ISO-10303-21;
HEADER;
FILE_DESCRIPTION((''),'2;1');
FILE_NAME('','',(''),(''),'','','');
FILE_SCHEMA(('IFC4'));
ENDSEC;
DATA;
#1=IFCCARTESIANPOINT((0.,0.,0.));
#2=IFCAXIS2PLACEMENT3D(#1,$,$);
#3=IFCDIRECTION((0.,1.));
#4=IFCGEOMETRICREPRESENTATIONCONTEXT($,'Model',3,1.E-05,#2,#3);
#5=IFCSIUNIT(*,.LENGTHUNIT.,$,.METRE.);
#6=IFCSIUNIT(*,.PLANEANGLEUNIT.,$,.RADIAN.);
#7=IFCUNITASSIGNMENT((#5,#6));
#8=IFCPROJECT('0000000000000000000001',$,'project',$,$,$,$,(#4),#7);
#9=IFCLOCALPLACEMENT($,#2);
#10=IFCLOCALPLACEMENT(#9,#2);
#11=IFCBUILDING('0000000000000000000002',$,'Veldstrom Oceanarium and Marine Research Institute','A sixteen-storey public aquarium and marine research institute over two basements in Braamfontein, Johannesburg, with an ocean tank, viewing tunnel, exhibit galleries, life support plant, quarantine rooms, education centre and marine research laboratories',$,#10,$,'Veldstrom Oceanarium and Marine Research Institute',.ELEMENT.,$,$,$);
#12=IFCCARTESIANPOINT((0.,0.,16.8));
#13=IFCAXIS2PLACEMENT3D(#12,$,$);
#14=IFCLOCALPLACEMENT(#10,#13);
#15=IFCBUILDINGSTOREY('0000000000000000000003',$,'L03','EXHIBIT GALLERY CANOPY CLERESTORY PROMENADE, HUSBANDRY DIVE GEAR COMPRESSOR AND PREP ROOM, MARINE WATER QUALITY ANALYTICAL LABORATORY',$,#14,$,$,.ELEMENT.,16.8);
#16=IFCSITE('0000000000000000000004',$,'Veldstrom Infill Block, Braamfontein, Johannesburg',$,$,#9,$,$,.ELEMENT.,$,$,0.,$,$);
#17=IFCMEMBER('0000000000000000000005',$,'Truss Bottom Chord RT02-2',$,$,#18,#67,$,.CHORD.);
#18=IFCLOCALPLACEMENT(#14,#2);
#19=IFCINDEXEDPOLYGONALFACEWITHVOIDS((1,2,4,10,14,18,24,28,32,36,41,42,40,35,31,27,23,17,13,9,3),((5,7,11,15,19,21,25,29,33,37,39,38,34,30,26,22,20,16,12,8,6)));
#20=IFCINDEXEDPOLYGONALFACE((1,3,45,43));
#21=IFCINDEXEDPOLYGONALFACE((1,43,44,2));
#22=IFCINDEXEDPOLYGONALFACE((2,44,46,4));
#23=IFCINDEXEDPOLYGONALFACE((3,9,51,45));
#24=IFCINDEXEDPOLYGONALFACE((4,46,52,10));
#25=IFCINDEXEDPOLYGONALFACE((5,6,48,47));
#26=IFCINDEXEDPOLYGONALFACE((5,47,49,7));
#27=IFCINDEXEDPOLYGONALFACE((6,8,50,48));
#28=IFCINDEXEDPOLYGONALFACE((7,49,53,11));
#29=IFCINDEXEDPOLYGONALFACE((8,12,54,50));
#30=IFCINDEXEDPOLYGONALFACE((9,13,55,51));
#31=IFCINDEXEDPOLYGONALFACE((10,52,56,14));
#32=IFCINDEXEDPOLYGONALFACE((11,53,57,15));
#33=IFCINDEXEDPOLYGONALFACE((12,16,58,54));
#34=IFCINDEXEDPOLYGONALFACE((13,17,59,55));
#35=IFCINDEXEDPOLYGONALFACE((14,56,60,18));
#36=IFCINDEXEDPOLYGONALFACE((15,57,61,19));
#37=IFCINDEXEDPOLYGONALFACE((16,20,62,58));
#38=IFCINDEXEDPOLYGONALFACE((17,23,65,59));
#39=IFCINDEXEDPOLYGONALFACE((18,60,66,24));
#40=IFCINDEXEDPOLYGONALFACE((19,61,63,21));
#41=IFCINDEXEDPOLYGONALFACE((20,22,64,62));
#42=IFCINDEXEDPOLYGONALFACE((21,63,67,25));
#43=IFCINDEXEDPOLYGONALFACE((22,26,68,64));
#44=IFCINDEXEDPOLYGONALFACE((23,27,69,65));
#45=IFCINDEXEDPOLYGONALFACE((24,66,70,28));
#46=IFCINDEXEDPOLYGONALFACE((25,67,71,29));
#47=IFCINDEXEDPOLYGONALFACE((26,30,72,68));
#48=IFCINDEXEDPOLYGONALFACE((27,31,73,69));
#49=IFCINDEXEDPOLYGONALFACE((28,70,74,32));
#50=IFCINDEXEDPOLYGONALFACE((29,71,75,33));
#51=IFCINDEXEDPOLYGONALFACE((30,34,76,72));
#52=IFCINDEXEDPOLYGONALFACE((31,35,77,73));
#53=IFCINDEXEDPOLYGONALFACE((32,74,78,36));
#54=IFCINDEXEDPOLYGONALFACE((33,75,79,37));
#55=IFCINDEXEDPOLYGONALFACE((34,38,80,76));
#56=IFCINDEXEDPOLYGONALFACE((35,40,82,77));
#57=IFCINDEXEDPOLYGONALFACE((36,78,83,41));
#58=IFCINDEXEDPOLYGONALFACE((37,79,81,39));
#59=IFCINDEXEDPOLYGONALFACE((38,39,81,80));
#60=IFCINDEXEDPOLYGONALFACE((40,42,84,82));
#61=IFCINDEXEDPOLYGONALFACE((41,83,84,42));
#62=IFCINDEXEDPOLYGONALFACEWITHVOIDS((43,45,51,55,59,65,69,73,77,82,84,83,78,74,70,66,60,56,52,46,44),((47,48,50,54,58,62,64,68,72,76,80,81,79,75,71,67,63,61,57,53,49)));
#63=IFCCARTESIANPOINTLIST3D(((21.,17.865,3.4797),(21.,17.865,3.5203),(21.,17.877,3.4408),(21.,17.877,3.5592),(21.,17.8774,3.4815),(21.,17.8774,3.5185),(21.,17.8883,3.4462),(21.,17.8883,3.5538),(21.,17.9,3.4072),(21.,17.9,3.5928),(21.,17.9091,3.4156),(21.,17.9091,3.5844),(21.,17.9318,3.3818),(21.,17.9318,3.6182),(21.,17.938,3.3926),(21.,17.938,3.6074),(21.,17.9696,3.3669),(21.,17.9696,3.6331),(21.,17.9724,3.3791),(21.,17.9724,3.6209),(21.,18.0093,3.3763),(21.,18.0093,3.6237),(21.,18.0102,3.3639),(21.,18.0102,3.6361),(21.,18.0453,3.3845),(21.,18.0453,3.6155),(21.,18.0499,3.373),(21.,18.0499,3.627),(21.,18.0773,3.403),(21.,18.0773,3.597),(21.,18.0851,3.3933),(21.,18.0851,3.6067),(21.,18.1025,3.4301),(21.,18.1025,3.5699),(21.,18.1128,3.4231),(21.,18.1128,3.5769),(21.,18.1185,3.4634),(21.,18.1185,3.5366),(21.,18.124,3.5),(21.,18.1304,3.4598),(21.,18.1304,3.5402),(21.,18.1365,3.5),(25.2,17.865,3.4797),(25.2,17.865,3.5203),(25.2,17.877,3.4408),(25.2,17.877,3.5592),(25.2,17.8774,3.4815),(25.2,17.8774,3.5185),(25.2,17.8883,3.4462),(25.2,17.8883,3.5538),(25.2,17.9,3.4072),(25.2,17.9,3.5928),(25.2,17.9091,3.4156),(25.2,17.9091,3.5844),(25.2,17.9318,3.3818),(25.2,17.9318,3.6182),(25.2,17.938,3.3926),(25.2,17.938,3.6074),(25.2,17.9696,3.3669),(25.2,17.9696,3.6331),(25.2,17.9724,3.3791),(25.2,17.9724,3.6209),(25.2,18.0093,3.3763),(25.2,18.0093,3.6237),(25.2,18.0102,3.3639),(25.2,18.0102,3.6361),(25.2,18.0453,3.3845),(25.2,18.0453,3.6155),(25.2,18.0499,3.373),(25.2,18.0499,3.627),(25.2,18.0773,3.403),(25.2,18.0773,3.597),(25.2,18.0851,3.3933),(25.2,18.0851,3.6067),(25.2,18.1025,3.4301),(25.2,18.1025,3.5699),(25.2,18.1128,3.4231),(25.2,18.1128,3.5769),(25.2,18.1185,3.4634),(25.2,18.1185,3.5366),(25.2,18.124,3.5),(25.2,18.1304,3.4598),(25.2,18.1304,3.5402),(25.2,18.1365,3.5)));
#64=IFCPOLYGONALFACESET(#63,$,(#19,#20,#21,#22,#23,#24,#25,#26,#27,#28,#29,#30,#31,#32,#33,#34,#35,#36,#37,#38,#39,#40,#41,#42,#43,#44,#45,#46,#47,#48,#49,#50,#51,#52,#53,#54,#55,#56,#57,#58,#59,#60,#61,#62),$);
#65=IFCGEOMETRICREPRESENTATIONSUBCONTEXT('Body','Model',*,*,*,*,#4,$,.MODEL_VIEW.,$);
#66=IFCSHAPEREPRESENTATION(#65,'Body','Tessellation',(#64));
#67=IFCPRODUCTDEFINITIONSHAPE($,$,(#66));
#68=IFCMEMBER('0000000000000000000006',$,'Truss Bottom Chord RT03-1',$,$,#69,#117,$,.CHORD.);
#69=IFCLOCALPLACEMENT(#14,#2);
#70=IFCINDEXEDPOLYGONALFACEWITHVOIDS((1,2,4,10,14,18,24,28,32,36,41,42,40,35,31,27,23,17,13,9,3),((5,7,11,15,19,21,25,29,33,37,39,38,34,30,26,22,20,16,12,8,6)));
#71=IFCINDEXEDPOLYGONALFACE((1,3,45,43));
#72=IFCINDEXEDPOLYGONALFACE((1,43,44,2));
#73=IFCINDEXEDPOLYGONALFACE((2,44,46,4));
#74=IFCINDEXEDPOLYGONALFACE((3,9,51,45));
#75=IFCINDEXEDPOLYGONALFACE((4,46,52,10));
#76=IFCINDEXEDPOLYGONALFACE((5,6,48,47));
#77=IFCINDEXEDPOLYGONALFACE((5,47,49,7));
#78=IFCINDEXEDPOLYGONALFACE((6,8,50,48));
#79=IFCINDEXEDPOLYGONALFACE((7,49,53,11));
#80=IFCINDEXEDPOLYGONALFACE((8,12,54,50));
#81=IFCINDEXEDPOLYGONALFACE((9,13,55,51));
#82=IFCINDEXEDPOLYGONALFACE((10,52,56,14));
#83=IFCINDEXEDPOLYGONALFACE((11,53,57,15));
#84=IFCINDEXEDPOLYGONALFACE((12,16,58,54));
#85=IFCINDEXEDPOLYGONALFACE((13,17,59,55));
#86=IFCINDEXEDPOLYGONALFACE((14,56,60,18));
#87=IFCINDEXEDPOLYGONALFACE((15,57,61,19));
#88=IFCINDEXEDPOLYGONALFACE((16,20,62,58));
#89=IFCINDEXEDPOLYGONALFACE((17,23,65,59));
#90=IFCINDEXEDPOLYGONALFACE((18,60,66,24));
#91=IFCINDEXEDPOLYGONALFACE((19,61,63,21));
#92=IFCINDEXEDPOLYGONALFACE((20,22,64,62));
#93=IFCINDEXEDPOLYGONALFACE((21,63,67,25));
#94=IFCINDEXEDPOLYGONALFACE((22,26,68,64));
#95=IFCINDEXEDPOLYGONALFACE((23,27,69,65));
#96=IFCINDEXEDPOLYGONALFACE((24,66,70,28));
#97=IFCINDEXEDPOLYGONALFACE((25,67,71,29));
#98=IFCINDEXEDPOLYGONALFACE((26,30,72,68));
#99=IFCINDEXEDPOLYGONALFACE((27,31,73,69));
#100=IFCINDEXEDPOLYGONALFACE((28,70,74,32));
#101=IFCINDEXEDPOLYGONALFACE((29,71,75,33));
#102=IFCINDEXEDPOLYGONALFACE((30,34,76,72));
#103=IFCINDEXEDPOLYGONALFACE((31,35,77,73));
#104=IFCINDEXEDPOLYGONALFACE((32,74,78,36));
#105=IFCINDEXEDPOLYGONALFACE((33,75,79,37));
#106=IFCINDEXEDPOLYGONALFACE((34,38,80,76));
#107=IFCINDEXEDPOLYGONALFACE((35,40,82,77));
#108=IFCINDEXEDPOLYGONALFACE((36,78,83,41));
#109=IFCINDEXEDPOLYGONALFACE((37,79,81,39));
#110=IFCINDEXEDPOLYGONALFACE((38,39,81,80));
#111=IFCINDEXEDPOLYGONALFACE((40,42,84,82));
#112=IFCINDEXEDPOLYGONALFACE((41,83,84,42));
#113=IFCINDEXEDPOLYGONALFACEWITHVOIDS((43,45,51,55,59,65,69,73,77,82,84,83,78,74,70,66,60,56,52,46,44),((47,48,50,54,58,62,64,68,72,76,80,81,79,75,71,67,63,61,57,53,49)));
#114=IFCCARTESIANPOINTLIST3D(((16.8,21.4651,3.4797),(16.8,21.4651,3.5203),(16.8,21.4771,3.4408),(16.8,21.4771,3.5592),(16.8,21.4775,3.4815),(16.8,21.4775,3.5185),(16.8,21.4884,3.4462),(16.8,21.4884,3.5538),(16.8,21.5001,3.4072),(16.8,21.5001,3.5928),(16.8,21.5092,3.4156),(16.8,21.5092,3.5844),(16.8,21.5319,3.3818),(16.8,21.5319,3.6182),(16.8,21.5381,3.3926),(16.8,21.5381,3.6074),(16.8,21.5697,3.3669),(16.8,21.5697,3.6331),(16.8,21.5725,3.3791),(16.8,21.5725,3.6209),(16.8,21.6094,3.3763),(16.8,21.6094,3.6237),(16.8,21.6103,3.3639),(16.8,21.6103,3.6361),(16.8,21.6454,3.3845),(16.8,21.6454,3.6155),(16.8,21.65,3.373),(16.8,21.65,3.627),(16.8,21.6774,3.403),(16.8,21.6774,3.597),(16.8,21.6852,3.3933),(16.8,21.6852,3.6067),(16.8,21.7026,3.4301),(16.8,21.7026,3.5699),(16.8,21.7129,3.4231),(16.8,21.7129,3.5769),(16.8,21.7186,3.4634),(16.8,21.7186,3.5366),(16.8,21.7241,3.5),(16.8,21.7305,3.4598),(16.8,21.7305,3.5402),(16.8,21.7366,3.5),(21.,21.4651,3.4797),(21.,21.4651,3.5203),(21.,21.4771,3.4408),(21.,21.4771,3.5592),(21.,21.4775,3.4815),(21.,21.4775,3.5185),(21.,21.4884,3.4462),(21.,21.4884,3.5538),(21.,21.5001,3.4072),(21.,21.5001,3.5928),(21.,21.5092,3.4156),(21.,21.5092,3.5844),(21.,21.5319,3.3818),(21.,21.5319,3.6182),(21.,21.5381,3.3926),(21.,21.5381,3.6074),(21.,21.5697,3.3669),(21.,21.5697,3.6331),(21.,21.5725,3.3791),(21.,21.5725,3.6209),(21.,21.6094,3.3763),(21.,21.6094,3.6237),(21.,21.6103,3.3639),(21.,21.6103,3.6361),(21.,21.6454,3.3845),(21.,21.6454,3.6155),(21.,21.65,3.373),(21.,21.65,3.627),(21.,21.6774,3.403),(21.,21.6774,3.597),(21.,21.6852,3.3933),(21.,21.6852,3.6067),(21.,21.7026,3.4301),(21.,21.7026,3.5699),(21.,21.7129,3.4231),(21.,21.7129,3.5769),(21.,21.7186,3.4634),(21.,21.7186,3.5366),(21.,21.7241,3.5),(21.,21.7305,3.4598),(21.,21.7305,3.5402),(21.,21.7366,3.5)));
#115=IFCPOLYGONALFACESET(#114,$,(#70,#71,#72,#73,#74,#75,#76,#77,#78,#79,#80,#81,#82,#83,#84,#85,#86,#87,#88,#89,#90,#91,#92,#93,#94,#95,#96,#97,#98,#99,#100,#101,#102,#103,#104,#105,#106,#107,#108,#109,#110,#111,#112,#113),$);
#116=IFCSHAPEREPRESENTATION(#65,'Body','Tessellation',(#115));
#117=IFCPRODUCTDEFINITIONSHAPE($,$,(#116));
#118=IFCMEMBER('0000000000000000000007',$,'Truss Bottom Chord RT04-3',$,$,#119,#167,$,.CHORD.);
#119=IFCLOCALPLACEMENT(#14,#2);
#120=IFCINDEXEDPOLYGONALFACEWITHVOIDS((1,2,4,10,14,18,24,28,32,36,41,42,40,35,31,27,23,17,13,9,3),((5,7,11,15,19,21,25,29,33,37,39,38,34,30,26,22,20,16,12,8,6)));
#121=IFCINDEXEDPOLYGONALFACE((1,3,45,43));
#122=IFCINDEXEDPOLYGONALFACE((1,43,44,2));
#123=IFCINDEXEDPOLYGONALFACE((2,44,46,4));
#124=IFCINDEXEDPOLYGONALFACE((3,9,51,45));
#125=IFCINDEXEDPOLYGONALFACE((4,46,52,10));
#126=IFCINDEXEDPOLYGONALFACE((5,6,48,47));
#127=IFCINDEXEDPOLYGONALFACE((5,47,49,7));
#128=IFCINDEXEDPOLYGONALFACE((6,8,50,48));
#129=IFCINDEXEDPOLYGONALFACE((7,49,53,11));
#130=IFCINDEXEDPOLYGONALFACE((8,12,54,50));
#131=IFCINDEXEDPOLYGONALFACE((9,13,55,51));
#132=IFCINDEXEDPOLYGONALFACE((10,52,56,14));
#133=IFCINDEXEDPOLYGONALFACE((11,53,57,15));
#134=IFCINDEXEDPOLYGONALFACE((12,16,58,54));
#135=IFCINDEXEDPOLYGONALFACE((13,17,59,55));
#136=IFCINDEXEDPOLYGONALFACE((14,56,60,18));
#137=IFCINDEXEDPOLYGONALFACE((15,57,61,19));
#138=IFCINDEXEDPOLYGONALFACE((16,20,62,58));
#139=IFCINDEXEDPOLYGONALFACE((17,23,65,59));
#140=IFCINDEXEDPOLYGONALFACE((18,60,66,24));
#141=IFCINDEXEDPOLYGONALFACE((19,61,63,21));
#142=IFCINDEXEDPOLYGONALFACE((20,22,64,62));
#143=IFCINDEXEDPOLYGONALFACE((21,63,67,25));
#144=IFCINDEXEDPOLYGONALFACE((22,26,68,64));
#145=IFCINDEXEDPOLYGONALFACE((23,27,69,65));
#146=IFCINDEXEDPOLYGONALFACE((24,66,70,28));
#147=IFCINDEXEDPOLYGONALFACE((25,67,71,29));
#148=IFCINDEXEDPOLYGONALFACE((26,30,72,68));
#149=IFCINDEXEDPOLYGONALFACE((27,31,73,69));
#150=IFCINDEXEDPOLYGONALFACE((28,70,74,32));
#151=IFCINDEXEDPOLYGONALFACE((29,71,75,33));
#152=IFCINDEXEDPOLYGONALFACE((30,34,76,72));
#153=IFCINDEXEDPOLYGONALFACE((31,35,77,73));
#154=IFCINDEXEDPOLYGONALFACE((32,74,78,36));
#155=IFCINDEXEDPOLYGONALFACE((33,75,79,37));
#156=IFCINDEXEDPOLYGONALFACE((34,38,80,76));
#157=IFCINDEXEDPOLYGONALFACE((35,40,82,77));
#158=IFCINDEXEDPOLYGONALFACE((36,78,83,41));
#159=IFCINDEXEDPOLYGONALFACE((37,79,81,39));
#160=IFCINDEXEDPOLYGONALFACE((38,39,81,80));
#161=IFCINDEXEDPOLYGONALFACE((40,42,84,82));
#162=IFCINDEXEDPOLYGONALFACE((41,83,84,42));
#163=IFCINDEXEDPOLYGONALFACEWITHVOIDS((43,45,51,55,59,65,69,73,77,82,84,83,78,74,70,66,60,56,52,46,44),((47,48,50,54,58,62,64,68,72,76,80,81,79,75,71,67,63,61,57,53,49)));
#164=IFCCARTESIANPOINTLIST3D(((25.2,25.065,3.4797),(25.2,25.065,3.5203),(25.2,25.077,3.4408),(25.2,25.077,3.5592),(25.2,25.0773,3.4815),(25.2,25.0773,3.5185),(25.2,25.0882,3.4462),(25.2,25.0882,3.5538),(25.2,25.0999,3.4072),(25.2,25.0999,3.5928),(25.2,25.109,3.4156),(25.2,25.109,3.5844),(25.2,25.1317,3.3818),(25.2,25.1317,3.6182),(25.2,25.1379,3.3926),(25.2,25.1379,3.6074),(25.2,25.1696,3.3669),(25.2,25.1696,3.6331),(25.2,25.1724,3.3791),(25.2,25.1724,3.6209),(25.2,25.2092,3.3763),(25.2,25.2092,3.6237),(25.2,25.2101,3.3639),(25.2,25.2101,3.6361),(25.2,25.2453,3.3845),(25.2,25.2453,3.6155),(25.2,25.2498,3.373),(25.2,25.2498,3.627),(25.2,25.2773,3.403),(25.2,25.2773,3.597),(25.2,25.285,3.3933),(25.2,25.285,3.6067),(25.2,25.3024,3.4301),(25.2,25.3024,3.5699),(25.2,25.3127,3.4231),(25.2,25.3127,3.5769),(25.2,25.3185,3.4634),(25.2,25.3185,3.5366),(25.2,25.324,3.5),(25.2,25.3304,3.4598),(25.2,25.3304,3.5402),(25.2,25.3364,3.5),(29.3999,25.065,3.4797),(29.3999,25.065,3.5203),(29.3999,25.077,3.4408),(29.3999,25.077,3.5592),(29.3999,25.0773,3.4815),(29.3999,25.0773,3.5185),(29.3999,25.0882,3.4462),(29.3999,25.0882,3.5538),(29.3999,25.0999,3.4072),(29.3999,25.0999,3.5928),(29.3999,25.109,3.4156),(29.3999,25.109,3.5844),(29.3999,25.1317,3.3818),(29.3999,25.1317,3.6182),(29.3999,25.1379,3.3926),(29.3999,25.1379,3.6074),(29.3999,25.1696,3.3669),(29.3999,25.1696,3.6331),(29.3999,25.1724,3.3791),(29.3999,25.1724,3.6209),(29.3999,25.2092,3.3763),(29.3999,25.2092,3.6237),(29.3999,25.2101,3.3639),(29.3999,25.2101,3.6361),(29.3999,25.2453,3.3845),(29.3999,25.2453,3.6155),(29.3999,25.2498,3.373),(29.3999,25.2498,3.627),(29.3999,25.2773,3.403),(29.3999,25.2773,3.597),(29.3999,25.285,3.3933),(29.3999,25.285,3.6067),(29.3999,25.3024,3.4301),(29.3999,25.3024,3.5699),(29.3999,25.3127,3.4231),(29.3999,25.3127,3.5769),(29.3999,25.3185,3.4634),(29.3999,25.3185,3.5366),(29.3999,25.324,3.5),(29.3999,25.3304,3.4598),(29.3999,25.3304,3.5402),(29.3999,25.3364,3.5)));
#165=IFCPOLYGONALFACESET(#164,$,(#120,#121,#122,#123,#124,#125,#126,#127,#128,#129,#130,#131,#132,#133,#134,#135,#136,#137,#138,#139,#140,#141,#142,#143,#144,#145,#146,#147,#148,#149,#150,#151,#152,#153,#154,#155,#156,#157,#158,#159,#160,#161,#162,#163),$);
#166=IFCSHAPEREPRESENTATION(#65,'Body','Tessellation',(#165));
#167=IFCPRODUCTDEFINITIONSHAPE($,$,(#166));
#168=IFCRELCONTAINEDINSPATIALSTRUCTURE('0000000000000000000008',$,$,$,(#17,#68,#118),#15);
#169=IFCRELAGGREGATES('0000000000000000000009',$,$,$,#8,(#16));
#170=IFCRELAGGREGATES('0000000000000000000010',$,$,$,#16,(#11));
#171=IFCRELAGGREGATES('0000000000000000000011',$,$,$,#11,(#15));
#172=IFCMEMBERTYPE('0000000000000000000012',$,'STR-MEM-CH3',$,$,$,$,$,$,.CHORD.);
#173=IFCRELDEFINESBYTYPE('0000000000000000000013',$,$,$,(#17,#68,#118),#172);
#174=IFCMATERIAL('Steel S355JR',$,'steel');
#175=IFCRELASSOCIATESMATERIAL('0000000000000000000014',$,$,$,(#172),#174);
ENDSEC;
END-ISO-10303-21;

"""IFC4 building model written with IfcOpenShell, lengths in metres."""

from ifc_helpers import new_model, si_unit, direction, frame, origin, origin_2d, place, context, subcontext, project, spatial, hollow_circle, extrude, material, material_profile, profile_set, type_object, element, save


model = new_model("IFC4")

# Units and contexts
model_context = context("Model", 3, precision=1e-05, world=origin(), true_north=direction((0.0, 1.0)))
body_context = subcontext(model_context, "Body", "Model", "MODEL_VIEW")
ifc_project = project(units=[si_unit("LENGTHUNIT", "METRE"), si_unit("PLANEANGLEUNIT", "RADIAN")], contexts=[model_context])

# Site, building, storey
site_placement = place(None, origin())
site = spatial("IfcSite", under=ifc_project, at=site_placement, Name="Veldstrom Infill Block, Braamfontein, Johannesburg", CompositionType="ELEMENT", RefElevation=0.0)
building_placement = place(site_placement, origin())
building = spatial("IfcBuilding", under=site, at=building_placement, Name="Veldstrom Oceanarium and Marine Research Institute", Description="A sixteen-storey public aquarium and marine research institute over two basements in Braamfontein, Johannesburg, with an ocean tank, viewing tunnel, exhibit galleries, life support plant, quarantine rooms, education centre and marine research laboratories", LongName="Veldstrom Oceanarium and Marine Research Institute", CompositionType="ELEMENT")
storey_placement = place(building_placement, frame((0.0, 0.0, 16.8)))
storey = spatial("IfcBuildingStorey", under=building, at=storey_placement, Name="L03", Description="EXHIBIT GALLERY CANOPY CLERESTORY PROMENADE, HUSBANDRY DIVE GEAR COMPRESSOR AND PREP ROOM, MARINE WATER QUALITY ANALYTICAL LABORATORY", CompositionType="ELEMENT", Elevation=16.8)

# Members
ifc_material_1 = material(Name="Steel S355JR", Category="steel")
ifc_material_profile_1 = material_profile(ifc_material_1, hollow_circle(Radius=0.1365, WallThickness=0.0125, at=origin_2d()), Name="CHS 273x12.5")
ifc_profile_set_1 = profile_set([ifc_material_profile_1], Name="Steel S355JR")
member_type_1 = type_object("IfcMemberType", Name="STR-MEM-CH3", PredefinedType="CHORD", material=ifc_profile_set_1)
for number, where, z_axis, x_axis, name in (
    (1, (21.0, 18.0, 3.5), (1.0, 0.0, 0.0), (0.0, 1.0, 0.0), "Truss Bottom Chord RT02-2"),
    (2, (16.8, 21.6001, 3.5), (1.0, 0.0, 0.0), (0.0, 1.0, 0.0), "Truss Bottom Chord RT03-1"),
    (3, (25.2, 25.2, 3.5), (1.0, 0.0, 0.0), (0.0, 1.0, 0.0), "Truss Bottom Chord RT04-3"),
):
    element("IfcMember", number, at=place(storey_placement, frame(where, z_axis=z_axis, x_axis=x_axis)), inside=storey, type_object=member_type_1, Name=name, PredefinedType="CHORD", context=body_context, shape_type="SweptSolid", body=[
        extrude(hollow_circle(Radius=0.1365, WallThickness=0.0125, at=origin_2d()), origin(), (0.0, 0.0, 1.0), 4.2),
    ])

save(model, "model.ifc")
